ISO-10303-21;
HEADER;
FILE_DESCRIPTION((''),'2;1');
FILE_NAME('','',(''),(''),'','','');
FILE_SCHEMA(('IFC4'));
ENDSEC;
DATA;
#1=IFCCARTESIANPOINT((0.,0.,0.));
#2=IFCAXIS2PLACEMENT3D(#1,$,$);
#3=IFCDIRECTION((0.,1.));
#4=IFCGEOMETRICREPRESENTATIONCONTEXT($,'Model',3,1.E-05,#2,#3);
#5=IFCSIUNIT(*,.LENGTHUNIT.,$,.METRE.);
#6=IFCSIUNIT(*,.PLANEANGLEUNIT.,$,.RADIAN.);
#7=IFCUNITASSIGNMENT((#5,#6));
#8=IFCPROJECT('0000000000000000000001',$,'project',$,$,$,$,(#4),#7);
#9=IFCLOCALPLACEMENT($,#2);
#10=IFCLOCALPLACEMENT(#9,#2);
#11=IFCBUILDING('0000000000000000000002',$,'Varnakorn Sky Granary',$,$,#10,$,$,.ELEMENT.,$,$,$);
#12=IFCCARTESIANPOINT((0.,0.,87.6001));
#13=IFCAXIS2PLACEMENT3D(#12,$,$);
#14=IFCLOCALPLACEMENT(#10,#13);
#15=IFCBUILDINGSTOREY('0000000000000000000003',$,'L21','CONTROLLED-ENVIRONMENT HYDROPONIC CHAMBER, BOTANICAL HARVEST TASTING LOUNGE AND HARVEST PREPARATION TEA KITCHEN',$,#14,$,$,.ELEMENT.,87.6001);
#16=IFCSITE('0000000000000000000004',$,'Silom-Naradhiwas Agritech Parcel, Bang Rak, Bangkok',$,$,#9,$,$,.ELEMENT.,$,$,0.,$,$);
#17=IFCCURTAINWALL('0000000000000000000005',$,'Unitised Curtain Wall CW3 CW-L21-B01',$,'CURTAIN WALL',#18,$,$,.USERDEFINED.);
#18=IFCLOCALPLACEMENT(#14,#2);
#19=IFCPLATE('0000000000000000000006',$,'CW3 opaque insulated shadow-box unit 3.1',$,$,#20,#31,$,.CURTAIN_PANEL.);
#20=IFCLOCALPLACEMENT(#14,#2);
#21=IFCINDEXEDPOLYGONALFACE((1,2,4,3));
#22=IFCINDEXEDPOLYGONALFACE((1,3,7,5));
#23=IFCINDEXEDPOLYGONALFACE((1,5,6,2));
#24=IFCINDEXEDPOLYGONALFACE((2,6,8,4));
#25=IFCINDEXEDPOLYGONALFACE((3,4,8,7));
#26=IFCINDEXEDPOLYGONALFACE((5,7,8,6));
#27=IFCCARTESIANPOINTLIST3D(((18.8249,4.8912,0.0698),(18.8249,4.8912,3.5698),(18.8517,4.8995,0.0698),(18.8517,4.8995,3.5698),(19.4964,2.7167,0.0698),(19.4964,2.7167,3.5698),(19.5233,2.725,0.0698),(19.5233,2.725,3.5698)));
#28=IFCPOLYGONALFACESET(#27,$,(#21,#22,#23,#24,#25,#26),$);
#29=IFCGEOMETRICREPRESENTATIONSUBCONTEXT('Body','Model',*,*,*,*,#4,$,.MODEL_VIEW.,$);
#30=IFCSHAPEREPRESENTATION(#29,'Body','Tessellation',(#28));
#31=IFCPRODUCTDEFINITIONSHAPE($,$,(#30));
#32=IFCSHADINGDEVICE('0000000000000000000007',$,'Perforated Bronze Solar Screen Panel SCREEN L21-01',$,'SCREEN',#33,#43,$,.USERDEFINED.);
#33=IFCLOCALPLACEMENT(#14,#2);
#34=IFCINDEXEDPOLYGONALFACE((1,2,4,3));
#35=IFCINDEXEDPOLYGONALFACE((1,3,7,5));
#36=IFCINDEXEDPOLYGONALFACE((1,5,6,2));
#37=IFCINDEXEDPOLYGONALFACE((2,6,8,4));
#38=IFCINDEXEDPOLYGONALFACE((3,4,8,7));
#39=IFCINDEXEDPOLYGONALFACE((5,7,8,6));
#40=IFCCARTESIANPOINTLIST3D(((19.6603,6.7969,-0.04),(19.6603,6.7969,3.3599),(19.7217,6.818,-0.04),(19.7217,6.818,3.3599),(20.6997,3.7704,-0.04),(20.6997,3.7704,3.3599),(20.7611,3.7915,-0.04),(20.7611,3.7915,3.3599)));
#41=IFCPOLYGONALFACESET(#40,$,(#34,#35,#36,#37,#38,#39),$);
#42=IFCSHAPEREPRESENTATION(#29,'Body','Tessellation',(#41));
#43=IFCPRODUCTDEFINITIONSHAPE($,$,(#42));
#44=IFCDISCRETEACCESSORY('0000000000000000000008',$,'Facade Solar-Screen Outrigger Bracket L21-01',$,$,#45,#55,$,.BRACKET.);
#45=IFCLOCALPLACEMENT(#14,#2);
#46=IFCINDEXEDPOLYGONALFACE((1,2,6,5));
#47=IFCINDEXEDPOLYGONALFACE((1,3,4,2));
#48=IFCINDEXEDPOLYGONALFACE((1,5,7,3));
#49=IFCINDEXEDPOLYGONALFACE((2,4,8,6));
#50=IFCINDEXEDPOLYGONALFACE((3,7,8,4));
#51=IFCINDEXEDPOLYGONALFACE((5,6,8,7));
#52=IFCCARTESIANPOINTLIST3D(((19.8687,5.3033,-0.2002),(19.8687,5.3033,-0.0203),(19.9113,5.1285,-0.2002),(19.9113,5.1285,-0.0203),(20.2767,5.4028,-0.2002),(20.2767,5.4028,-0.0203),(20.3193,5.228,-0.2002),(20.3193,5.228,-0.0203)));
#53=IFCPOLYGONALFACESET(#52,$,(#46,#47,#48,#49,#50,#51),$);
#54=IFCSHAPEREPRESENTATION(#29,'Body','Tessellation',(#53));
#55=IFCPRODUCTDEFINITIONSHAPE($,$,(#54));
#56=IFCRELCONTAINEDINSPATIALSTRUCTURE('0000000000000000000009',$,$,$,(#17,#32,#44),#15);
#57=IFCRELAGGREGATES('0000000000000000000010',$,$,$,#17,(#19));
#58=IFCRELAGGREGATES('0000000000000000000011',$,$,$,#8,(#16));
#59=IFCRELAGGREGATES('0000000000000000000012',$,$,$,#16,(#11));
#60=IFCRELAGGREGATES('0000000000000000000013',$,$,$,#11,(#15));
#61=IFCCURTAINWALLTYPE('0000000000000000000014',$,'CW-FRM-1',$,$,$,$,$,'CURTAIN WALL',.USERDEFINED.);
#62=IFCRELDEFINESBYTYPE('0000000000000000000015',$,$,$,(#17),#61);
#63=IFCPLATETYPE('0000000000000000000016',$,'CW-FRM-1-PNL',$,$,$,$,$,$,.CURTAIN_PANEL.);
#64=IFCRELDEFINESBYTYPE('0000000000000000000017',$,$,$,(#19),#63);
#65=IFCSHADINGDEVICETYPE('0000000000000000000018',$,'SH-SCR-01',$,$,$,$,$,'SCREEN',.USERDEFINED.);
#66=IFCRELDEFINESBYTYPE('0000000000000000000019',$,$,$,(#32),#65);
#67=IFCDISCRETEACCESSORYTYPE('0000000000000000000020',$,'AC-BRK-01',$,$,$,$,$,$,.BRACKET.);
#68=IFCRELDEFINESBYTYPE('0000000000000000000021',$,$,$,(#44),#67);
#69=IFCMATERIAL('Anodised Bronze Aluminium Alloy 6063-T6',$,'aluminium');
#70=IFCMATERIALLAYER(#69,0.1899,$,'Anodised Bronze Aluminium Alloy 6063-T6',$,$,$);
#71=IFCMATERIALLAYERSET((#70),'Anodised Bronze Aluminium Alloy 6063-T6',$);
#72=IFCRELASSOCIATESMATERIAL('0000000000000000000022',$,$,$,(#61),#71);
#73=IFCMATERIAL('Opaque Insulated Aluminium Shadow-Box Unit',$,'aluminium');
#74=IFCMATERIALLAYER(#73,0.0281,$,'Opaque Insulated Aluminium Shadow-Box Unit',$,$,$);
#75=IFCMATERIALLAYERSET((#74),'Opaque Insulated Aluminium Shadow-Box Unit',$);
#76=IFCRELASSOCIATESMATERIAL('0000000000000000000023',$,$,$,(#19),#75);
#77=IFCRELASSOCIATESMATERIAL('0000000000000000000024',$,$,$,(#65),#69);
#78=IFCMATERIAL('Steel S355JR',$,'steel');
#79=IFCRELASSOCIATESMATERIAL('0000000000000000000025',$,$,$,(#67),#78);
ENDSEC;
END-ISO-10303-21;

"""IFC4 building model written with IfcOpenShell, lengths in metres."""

from ifc_helpers import new_model, si_unit, direction, frame, origin, origin_2d, place, context, subcontext, project, spatial, rectangle, extrude, source, transform, mapped, material, layer, layer_set, type_object, type_shapes, element, aggregate, save


model = new_model("IFC4")

# Units and contexts
model_context = context("Model", 3, precision=1e-05, world=origin(), true_north=direction((0.0, 1.0)))
body_context = subcontext(model_context, "Body", "Model", "MODEL_VIEW")
ifc_project = project(units=[si_unit("LENGTHUNIT", "METRE"), si_unit("PLANEANGLEUNIT", "RADIAN")], contexts=[model_context])

# Site, building, storey
site_placement = place(None, origin())
site = spatial("IfcSite", under=ifc_project, at=site_placement, Name="Silom-Naradhiwas Agritech Parcel, Bang Rak, Bangkok", CompositionType="ELEMENT", RefElevation=0.0)
building_placement = place(site_placement, origin())
building = spatial("IfcBuilding", under=site, at=building_placement, Name="Varnakorn Sky Granary", CompositionType="ELEMENT")
storey_placement = place(building_placement, frame((0.0, 0.0, 87.6001)))
storey = spatial("IfcBuildingStorey", under=building, at=storey_placement, Name="L21", Description="CONTROLLED-ENVIRONMENT HYDROPONIC CHAMBER, BOTANICAL HARVEST TASTING LOUNGE AND HARVEST PREPARATION TEA KITCHEN", CompositionType="ELEMENT", Elevation=87.6001)

# Shared definitions
ifc_material_1 = material(Name="Steel S355JR", Category="steel")

# Curtain wall
ifc_material_2 = material(Name="Anodised Bronze Aluminium Alloy 6063-T6", Category="aluminium")
ifc_layer_1 = layer(ifc_material_2, 0.1899, Name="Anodised Bronze Aluminium Alloy 6063-T6")
ifc_layer_set_1 = layer_set([ifc_layer_1], Name="Anodised Bronze Aluminium Alloy 6063-T6")
curtain_wall_type = type_object("IfcCurtainWallType", Name="CW-FRM-1", ElementType="CURTAIN WALL", PredefinedType="USERDEFINED", material=ifc_layer_set_1)
curtain_wall_1_placement = place(storey_placement, origin())
curtain_wall_1 = element("IfcCurtainWall", 1, at=curtain_wall_1_placement, inside=storey, type_object=curtain_wall_type, Name="Unitised Curtain Wall CW3 CW-L21-B01", ObjectType="CURTAIN WALL", PredefinedType="USERDEFINED")

# Plate
plate_type = type_object("IfcPlateType", Name="CW-FRM-1-PNL", PredefinedType="CURTAIN_PANEL")
ifc_material_3 = material(Name="Opaque Insulated Aluminium Shadow-Box Unit", Category="aluminium")
ifc_layer_2 = layer(ifc_material_3, 0.0281, Name="Opaque Insulated Aluminium Shadow-Box Unit")
ifc_layer_set_2 = layer_set([ifc_layer_2], Name="Opaque Insulated Aluminium Shadow-Box Unit")
shared_shape_1 = source(origin(), body_context, "Body", "SweptSolid", [
    extrude(rectangle(XDim=2.2759, YDim=0.0281, at=origin_2d()), origin(), (0.0, 0.0, 1.0), 3.5),
])
plate_1_placement = place(storey_placement, frame((19.1741, 3.8081, 0.0698), z_axis=(0.0, 0.0, 1.0), x_axis=(0.295069, -0.955476, 0.0)))
plate_1 = element("IfcPlate", 2, at=plate_1_placement, type_object=plate_type, material=ifc_layer_set_2, Name="CW3 opaque insulated shadow-box unit 3.1", PredefinedType="CURTAIN_PANEL", context=body_context, shape_type="MappedRepresentation", body=[
    mapped(shared_shape_1, transform((0.0, 0.0, 0.0), x_axis=(1.0, 0.0, 0.0), y_axis=(0.0, 1.0, 0.0), z_axis=(0.0, 0.0, 1.0), scale=1.0)),
])
aggregate(curtain_wall_1, [plate_1])

# Shading device
shading_device_type = type_object("IfcShadingDeviceType", Name="SH-SCR-01", ElementType="SCREEN", PredefinedType="USERDEFINED", material=ifc_material_2)
shared_shape_2 = source(origin(), body_context, "Body", "SweptSolid", [
    extrude(rectangle(XDim=3.2, YDim=0.0649, at=origin_2d()), origin(), (0.0, 0.0, 1.0), 3.3999),
])
type_shapes(shading_device_type, [shared_shape_2])
shading_device_placement = place(storey_placement, frame((20.2107, 5.2942, -0.04), z_axis=(0.0, 0.0, 1.0), x_axis=(-0.324808, 0.94578, 0.0)))
element("IfcShadingDevice", 3, at=shading_device_placement, inside=storey, type_object=shading_device_type, Name="Perforated Bronze Solar Screen Panel SCREEN L21-01", ObjectType="SCREEN", PredefinedType="USERDEFINED", context=body_context, shape_type="MappedRepresentation", body=[
    mapped(shared_shape_2, transform((0.0, 0.0, 0.0), x_axis=(1.0, 0.0, 0.0), y_axis=(0.0, 1.0, 0.0), z_axis=(0.0, 0.0, 1.0), scale=1.0)),
])

# Discrete accessory
discrete_accessory_type = type_object("IfcDiscreteAccessoryType", Name="AC-BRK-01", PredefinedType="BRACKET", material=ifc_material_1)
shared_shape_3 = source(origin(), body_context, "Body", "SweptSolid", [
    extrude(rectangle(XDim=0.1799, YDim=0.4199, at=origin_2d()), origin(), (0.0, 0.0, 1.0), 0.1799),
])
type_shapes(discrete_accessory_type, [shared_shape_3])
discrete_accessory_placement = place(storey_placement, frame((20.094, 5.2656, -0.2002), z_axis=(0.0, 0.0, 1.0), x_axis=(-0.236905, 0.971533, 0.0)))
element("IfcDiscreteAccessory", 4, at=discrete_accessory_placement, inside=storey, type_object=discrete_accessory_type, Name="Facade Solar-Screen Outrigger Bracket L21-01", PredefinedType="BRACKET", context=body_context, shape_type="MappedRepresentation", body=[
    mapped(shared_shape_3, transform((0.0, 0.0, 0.0), x_axis=(1.0, 0.0, 0.0), y_axis=(0.0, 1.0, 0.0), z_axis=(0.0, 0.0, 1.0), scale=1.0)),
])

save(model, "model.ifc")
